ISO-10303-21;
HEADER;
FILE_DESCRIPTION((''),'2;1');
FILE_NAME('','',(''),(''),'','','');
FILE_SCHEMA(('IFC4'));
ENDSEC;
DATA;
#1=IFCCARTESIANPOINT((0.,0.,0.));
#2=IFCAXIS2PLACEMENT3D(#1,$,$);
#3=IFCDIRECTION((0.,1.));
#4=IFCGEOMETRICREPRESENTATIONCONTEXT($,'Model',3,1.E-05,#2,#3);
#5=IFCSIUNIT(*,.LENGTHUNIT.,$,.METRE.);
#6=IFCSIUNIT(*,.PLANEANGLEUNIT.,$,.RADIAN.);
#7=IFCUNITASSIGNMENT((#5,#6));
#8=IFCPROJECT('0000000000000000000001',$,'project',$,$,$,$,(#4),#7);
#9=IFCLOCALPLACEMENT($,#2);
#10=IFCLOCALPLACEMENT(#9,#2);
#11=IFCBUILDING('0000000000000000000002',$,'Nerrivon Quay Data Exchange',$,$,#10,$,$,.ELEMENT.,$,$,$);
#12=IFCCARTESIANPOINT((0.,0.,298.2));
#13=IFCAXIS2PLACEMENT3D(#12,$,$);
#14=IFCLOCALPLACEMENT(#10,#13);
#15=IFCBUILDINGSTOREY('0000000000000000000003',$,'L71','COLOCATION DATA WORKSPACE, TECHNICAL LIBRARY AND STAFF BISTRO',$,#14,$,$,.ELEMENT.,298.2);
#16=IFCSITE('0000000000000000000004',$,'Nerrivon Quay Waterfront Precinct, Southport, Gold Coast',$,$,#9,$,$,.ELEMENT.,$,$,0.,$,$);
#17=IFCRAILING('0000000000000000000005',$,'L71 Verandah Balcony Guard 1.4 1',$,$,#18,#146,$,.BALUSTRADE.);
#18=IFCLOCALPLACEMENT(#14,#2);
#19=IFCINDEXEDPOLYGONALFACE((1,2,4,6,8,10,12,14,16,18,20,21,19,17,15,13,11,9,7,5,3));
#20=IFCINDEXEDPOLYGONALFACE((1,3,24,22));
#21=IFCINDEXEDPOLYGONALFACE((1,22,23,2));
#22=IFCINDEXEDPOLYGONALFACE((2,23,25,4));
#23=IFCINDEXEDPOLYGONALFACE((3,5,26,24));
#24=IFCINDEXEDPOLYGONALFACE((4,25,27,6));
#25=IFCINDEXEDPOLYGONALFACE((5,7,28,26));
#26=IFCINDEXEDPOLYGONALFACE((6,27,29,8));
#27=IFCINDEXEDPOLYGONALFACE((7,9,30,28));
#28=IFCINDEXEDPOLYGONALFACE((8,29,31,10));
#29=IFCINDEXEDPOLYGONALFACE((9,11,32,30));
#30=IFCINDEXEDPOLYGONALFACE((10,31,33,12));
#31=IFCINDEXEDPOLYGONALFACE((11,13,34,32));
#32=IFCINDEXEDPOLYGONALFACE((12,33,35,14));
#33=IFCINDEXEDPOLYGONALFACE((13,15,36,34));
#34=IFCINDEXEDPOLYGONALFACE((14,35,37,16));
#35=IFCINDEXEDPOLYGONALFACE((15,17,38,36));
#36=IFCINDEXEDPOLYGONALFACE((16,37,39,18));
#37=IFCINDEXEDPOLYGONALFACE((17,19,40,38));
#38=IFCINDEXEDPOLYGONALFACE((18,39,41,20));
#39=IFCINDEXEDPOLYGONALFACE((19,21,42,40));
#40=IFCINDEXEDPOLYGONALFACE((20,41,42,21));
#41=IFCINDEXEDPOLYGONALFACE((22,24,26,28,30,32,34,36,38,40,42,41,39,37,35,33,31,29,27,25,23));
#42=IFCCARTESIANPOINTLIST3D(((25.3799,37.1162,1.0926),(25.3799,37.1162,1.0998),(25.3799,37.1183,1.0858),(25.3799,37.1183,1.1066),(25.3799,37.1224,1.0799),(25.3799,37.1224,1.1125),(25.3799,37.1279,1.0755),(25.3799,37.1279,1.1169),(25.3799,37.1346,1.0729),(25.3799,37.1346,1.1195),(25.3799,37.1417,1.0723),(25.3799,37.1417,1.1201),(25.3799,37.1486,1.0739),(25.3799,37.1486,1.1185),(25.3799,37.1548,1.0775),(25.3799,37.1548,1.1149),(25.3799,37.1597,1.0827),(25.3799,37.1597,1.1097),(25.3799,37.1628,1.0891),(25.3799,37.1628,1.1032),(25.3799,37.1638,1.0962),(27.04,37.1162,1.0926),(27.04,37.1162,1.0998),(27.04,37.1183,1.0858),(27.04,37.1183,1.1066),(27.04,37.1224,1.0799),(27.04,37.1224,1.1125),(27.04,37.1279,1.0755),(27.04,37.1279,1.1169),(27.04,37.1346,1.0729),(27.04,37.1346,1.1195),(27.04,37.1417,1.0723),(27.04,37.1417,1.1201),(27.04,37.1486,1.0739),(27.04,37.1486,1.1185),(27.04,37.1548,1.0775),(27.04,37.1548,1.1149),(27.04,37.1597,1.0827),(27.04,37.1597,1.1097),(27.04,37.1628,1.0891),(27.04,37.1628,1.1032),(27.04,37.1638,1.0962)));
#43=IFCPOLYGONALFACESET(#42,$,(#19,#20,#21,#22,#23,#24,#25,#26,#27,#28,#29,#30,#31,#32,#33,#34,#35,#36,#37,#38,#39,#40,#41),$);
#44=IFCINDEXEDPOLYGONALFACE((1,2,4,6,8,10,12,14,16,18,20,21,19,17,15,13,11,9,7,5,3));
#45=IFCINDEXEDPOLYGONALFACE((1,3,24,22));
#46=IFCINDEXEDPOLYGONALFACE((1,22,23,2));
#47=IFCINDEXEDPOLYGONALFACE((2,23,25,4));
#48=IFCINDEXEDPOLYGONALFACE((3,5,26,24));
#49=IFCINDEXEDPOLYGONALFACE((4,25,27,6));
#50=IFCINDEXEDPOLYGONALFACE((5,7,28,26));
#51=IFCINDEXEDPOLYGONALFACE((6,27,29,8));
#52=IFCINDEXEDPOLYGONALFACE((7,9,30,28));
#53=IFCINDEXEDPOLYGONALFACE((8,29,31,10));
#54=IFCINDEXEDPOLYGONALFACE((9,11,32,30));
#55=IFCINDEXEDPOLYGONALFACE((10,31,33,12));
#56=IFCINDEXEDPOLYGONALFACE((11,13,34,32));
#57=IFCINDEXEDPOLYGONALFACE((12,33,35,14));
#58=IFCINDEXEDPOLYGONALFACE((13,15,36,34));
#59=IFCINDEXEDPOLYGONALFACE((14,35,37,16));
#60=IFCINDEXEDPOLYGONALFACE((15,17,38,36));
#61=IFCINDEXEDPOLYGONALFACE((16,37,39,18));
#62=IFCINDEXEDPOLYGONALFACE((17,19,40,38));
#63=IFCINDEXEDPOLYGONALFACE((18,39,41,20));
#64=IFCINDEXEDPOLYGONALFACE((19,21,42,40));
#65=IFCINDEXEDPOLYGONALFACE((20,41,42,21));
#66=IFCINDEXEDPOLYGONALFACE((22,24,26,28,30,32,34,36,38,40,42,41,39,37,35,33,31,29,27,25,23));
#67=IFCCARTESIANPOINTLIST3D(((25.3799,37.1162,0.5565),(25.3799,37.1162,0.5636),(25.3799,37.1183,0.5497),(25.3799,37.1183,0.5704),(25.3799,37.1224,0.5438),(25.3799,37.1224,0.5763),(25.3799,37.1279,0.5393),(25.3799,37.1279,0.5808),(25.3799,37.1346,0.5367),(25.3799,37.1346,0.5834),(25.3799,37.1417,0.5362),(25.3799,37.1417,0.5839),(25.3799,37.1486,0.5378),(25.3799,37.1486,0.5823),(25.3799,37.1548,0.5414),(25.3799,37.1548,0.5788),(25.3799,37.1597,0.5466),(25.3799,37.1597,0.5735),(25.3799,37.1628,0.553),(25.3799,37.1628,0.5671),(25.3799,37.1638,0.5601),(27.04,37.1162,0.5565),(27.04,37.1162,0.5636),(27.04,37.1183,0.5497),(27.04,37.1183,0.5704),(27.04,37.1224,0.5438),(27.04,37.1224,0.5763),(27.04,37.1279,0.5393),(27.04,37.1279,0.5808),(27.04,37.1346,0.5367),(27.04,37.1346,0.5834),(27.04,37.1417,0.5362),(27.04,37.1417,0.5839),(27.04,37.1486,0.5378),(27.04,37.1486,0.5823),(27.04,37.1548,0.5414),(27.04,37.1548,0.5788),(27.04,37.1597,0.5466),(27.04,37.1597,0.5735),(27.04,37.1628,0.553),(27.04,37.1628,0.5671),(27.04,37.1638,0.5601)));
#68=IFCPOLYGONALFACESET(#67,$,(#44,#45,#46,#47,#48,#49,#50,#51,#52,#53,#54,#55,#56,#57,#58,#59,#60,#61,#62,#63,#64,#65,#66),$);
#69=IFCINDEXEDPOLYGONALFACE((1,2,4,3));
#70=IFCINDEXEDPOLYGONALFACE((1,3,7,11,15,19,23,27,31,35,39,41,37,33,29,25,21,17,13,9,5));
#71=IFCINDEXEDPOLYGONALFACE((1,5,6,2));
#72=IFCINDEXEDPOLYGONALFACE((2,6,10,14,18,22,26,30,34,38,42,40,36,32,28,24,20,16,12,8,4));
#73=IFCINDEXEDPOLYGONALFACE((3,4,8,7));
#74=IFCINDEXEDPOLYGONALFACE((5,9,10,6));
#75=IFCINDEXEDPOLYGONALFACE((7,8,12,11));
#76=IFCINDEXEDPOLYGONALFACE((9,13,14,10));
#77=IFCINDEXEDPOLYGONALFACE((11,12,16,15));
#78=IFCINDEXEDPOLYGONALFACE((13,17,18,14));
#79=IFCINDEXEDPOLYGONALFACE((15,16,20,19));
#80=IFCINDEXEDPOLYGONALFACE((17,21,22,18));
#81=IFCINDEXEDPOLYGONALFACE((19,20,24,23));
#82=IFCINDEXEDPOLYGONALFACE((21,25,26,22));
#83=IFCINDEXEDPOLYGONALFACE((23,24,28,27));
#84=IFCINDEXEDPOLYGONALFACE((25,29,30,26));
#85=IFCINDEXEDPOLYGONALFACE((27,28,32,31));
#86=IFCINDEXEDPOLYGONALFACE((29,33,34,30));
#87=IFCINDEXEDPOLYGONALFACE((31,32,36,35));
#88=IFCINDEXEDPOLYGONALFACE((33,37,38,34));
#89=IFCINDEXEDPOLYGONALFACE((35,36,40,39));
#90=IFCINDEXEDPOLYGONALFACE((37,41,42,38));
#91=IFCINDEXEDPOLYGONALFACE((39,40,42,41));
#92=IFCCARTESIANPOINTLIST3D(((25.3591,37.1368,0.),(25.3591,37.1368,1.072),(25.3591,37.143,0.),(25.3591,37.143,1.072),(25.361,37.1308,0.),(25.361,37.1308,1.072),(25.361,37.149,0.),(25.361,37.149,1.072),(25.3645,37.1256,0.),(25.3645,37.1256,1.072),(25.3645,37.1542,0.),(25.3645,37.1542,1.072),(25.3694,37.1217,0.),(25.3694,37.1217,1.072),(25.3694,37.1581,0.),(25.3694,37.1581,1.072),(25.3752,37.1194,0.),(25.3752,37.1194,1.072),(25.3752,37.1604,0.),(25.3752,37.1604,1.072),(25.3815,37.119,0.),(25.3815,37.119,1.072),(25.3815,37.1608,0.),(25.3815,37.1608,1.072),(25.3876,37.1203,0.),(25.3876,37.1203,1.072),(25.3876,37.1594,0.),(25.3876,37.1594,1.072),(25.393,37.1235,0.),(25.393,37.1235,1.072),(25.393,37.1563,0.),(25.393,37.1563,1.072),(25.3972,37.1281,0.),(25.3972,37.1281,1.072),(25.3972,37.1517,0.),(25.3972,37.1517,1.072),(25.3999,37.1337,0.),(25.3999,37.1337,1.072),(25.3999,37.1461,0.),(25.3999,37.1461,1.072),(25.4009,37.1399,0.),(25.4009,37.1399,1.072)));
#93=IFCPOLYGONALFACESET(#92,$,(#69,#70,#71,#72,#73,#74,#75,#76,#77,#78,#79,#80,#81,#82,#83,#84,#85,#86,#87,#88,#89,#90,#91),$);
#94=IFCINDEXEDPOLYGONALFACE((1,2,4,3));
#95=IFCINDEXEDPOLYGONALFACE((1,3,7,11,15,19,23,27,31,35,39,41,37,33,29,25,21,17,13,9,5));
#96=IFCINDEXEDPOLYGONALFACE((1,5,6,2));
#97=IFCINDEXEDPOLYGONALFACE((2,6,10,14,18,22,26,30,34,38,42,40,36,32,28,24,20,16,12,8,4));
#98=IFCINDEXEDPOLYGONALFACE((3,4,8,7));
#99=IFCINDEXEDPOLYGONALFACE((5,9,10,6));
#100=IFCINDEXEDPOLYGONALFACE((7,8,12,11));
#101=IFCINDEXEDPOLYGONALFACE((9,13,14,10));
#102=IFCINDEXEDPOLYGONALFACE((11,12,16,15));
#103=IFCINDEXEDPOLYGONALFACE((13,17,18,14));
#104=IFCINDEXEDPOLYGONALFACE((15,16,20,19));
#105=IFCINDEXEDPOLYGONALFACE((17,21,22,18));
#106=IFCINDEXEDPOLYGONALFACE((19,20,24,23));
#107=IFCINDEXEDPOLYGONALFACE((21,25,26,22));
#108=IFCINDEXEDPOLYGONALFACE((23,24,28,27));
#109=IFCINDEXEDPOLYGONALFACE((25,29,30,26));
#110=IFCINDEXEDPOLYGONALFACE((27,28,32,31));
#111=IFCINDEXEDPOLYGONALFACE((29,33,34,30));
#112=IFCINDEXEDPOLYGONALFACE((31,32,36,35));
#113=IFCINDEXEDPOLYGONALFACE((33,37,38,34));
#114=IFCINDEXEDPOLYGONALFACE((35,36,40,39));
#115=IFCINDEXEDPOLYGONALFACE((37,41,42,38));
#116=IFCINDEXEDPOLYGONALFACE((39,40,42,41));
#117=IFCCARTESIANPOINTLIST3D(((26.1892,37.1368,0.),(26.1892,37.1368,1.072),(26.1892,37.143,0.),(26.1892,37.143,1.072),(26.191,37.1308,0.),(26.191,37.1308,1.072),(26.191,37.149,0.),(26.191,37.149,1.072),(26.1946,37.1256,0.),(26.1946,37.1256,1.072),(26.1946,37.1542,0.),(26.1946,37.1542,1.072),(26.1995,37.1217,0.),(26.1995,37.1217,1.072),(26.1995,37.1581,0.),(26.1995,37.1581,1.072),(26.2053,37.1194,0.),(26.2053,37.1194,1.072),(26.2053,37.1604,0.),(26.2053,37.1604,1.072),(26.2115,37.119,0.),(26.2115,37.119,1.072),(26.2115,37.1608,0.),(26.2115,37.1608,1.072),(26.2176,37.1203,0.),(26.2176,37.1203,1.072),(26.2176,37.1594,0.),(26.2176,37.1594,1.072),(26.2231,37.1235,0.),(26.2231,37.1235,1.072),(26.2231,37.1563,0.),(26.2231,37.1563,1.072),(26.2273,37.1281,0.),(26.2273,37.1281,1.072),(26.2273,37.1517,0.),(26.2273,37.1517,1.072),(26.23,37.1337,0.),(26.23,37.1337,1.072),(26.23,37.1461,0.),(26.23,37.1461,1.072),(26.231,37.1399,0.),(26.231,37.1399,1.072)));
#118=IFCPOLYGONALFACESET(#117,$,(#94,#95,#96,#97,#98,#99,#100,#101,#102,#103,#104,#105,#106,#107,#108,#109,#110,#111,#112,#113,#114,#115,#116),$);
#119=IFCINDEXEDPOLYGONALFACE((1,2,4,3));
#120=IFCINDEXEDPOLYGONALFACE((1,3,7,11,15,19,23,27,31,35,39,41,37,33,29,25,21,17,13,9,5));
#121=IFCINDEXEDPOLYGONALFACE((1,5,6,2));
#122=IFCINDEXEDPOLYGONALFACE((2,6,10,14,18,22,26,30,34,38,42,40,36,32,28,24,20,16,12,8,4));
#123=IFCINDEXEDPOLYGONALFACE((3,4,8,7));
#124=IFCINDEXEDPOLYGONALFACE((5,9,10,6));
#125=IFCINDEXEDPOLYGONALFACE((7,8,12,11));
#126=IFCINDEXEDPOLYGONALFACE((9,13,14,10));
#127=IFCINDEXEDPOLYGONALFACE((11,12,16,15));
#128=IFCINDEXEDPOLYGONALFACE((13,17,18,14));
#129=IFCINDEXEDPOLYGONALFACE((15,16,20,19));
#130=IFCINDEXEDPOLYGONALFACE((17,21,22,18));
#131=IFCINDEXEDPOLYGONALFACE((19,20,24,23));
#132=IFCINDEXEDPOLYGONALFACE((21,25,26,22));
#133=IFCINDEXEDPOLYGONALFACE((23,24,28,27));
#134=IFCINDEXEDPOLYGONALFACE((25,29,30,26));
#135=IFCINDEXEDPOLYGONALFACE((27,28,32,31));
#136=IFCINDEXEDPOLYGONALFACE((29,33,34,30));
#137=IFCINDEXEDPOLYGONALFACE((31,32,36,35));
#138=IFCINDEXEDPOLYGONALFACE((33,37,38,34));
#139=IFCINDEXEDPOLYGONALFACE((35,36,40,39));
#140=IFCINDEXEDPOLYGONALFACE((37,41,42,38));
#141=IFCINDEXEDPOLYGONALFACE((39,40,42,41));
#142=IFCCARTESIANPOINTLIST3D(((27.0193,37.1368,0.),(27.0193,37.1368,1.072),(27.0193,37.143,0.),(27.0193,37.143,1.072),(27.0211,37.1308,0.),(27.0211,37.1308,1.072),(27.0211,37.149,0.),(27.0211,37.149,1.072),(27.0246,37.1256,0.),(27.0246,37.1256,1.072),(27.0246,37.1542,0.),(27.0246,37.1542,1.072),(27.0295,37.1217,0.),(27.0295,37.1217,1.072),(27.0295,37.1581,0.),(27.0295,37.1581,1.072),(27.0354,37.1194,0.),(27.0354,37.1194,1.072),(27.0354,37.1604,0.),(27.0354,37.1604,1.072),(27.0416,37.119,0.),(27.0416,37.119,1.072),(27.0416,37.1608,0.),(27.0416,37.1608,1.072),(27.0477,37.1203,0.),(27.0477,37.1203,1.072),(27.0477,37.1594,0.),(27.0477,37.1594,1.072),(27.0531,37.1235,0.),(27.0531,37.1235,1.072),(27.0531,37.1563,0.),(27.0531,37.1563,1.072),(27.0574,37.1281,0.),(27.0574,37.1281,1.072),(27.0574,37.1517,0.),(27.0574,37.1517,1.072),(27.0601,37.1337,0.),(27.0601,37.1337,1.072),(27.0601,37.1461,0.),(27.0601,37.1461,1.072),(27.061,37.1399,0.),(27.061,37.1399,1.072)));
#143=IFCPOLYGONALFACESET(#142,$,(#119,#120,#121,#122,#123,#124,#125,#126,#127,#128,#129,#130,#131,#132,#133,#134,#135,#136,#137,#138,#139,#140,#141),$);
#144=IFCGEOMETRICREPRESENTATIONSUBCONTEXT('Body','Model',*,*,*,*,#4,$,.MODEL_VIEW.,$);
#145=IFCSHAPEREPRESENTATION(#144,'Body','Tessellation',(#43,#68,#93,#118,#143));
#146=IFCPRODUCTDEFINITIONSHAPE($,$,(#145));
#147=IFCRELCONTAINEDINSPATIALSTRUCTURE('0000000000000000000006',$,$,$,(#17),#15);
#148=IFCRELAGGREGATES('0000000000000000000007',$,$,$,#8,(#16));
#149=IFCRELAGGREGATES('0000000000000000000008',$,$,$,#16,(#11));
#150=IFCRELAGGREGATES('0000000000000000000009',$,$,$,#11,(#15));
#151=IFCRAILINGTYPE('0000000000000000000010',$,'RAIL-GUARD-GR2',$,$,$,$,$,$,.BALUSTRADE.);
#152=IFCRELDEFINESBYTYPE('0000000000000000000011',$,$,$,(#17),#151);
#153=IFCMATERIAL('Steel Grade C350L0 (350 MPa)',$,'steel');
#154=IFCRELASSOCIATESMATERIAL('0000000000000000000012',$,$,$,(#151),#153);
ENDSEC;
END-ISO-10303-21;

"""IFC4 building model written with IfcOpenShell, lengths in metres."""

from ifc_helpers import new_model, si_unit, direction, frame, origin, origin_2d, place, context, subcontext, project, spatial, circle, extrude, material, type_object, element, save


model = new_model("IFC4")

# Units and contexts
model_context = context("Model", 3, precision=1e-05, world=origin(), true_north=direction((0.0, 1.0)))
body_context = subcontext(model_context, "Body", "Model", "MODEL_VIEW")
ifc_project = project(units=[si_unit("LENGTHUNIT", "METRE"), si_unit("PLANEANGLEUNIT", "RADIAN")], contexts=[model_context])

# Site, building, storey
site_placement = place(None, origin())
site = spatial("IfcSite", under=ifc_project, at=site_placement, Name="Nerrivon Quay Waterfront Precinct, Southport, Gold Coast", CompositionType="ELEMENT", RefElevation=0.0)
building_placement = place(site_placement, origin())
building = spatial("IfcBuilding", under=site, at=building_placement, Name="Nerrivon Quay Data Exchange", CompositionType="ELEMENT")
storey_placement = place(building_placement, frame((0.0, 0.0, 298.2)))
storey = spatial("IfcBuildingStorey", under=building, at=storey_placement, Name="L71", Description="COLOCATION DATA WORKSPACE, TECHNICAL LIBRARY AND STAFF BISTRO", CompositionType="ELEMENT", Elevation=298.2)

# Railing
ifc_material_1 = material(Name="Steel Grade C350L0 (350 MPa)", Category="steel")
railing_type = type_object("IfcRailingType", Name="RAIL-GUARD-GR2", PredefinedType="BALUSTRADE", material=ifc_material_1)
railing_1_placement = place(storey_placement, frame((25.3799, 37.1399, 0.0)))
element("IfcRailing", 1, at=railing_1_placement, inside=storey, type_object=railing_type, Name="L71 Verandah Balcony Guard 1.4 1", PredefinedType="BALUSTRADE", context=body_context, shape_type="SweptSolid", body=[
    extrude(circle(Radius=0.0239, at=origin_2d()), frame((0.0, 0.0, 1.0962), z_axis=(1.0, 0.0, 0.0), x_axis=(0.0, 1.0, 0.0)), (0.0, 0.0, 1.0), 1.6602),
    extrude(circle(Radius=0.0239, at=origin_2d()), frame((0.0, 0.0, 0.5601), z_axis=(1.0, 0.0, 0.0), x_axis=(0.0, 1.0, 0.0)), (0.0, 0.0, 1.0), 1.6602),
    extrude(circle(Radius=0.021, at=origin_2d()), origin(), (0.0, 0.0, 1.0), 1.072),
    extrude(circle(Radius=0.021, at=origin_2d()), frame((0.8301, 0.0, 0.0)), (0.0, 0.0, 1.0), 1.072),
    extrude(circle(Radius=0.021, at=origin_2d()), frame((1.6602, 0.0, 0.0)), (0.0, 0.0, 1.0), 1.072),
])

save(model, "model.ifc")
